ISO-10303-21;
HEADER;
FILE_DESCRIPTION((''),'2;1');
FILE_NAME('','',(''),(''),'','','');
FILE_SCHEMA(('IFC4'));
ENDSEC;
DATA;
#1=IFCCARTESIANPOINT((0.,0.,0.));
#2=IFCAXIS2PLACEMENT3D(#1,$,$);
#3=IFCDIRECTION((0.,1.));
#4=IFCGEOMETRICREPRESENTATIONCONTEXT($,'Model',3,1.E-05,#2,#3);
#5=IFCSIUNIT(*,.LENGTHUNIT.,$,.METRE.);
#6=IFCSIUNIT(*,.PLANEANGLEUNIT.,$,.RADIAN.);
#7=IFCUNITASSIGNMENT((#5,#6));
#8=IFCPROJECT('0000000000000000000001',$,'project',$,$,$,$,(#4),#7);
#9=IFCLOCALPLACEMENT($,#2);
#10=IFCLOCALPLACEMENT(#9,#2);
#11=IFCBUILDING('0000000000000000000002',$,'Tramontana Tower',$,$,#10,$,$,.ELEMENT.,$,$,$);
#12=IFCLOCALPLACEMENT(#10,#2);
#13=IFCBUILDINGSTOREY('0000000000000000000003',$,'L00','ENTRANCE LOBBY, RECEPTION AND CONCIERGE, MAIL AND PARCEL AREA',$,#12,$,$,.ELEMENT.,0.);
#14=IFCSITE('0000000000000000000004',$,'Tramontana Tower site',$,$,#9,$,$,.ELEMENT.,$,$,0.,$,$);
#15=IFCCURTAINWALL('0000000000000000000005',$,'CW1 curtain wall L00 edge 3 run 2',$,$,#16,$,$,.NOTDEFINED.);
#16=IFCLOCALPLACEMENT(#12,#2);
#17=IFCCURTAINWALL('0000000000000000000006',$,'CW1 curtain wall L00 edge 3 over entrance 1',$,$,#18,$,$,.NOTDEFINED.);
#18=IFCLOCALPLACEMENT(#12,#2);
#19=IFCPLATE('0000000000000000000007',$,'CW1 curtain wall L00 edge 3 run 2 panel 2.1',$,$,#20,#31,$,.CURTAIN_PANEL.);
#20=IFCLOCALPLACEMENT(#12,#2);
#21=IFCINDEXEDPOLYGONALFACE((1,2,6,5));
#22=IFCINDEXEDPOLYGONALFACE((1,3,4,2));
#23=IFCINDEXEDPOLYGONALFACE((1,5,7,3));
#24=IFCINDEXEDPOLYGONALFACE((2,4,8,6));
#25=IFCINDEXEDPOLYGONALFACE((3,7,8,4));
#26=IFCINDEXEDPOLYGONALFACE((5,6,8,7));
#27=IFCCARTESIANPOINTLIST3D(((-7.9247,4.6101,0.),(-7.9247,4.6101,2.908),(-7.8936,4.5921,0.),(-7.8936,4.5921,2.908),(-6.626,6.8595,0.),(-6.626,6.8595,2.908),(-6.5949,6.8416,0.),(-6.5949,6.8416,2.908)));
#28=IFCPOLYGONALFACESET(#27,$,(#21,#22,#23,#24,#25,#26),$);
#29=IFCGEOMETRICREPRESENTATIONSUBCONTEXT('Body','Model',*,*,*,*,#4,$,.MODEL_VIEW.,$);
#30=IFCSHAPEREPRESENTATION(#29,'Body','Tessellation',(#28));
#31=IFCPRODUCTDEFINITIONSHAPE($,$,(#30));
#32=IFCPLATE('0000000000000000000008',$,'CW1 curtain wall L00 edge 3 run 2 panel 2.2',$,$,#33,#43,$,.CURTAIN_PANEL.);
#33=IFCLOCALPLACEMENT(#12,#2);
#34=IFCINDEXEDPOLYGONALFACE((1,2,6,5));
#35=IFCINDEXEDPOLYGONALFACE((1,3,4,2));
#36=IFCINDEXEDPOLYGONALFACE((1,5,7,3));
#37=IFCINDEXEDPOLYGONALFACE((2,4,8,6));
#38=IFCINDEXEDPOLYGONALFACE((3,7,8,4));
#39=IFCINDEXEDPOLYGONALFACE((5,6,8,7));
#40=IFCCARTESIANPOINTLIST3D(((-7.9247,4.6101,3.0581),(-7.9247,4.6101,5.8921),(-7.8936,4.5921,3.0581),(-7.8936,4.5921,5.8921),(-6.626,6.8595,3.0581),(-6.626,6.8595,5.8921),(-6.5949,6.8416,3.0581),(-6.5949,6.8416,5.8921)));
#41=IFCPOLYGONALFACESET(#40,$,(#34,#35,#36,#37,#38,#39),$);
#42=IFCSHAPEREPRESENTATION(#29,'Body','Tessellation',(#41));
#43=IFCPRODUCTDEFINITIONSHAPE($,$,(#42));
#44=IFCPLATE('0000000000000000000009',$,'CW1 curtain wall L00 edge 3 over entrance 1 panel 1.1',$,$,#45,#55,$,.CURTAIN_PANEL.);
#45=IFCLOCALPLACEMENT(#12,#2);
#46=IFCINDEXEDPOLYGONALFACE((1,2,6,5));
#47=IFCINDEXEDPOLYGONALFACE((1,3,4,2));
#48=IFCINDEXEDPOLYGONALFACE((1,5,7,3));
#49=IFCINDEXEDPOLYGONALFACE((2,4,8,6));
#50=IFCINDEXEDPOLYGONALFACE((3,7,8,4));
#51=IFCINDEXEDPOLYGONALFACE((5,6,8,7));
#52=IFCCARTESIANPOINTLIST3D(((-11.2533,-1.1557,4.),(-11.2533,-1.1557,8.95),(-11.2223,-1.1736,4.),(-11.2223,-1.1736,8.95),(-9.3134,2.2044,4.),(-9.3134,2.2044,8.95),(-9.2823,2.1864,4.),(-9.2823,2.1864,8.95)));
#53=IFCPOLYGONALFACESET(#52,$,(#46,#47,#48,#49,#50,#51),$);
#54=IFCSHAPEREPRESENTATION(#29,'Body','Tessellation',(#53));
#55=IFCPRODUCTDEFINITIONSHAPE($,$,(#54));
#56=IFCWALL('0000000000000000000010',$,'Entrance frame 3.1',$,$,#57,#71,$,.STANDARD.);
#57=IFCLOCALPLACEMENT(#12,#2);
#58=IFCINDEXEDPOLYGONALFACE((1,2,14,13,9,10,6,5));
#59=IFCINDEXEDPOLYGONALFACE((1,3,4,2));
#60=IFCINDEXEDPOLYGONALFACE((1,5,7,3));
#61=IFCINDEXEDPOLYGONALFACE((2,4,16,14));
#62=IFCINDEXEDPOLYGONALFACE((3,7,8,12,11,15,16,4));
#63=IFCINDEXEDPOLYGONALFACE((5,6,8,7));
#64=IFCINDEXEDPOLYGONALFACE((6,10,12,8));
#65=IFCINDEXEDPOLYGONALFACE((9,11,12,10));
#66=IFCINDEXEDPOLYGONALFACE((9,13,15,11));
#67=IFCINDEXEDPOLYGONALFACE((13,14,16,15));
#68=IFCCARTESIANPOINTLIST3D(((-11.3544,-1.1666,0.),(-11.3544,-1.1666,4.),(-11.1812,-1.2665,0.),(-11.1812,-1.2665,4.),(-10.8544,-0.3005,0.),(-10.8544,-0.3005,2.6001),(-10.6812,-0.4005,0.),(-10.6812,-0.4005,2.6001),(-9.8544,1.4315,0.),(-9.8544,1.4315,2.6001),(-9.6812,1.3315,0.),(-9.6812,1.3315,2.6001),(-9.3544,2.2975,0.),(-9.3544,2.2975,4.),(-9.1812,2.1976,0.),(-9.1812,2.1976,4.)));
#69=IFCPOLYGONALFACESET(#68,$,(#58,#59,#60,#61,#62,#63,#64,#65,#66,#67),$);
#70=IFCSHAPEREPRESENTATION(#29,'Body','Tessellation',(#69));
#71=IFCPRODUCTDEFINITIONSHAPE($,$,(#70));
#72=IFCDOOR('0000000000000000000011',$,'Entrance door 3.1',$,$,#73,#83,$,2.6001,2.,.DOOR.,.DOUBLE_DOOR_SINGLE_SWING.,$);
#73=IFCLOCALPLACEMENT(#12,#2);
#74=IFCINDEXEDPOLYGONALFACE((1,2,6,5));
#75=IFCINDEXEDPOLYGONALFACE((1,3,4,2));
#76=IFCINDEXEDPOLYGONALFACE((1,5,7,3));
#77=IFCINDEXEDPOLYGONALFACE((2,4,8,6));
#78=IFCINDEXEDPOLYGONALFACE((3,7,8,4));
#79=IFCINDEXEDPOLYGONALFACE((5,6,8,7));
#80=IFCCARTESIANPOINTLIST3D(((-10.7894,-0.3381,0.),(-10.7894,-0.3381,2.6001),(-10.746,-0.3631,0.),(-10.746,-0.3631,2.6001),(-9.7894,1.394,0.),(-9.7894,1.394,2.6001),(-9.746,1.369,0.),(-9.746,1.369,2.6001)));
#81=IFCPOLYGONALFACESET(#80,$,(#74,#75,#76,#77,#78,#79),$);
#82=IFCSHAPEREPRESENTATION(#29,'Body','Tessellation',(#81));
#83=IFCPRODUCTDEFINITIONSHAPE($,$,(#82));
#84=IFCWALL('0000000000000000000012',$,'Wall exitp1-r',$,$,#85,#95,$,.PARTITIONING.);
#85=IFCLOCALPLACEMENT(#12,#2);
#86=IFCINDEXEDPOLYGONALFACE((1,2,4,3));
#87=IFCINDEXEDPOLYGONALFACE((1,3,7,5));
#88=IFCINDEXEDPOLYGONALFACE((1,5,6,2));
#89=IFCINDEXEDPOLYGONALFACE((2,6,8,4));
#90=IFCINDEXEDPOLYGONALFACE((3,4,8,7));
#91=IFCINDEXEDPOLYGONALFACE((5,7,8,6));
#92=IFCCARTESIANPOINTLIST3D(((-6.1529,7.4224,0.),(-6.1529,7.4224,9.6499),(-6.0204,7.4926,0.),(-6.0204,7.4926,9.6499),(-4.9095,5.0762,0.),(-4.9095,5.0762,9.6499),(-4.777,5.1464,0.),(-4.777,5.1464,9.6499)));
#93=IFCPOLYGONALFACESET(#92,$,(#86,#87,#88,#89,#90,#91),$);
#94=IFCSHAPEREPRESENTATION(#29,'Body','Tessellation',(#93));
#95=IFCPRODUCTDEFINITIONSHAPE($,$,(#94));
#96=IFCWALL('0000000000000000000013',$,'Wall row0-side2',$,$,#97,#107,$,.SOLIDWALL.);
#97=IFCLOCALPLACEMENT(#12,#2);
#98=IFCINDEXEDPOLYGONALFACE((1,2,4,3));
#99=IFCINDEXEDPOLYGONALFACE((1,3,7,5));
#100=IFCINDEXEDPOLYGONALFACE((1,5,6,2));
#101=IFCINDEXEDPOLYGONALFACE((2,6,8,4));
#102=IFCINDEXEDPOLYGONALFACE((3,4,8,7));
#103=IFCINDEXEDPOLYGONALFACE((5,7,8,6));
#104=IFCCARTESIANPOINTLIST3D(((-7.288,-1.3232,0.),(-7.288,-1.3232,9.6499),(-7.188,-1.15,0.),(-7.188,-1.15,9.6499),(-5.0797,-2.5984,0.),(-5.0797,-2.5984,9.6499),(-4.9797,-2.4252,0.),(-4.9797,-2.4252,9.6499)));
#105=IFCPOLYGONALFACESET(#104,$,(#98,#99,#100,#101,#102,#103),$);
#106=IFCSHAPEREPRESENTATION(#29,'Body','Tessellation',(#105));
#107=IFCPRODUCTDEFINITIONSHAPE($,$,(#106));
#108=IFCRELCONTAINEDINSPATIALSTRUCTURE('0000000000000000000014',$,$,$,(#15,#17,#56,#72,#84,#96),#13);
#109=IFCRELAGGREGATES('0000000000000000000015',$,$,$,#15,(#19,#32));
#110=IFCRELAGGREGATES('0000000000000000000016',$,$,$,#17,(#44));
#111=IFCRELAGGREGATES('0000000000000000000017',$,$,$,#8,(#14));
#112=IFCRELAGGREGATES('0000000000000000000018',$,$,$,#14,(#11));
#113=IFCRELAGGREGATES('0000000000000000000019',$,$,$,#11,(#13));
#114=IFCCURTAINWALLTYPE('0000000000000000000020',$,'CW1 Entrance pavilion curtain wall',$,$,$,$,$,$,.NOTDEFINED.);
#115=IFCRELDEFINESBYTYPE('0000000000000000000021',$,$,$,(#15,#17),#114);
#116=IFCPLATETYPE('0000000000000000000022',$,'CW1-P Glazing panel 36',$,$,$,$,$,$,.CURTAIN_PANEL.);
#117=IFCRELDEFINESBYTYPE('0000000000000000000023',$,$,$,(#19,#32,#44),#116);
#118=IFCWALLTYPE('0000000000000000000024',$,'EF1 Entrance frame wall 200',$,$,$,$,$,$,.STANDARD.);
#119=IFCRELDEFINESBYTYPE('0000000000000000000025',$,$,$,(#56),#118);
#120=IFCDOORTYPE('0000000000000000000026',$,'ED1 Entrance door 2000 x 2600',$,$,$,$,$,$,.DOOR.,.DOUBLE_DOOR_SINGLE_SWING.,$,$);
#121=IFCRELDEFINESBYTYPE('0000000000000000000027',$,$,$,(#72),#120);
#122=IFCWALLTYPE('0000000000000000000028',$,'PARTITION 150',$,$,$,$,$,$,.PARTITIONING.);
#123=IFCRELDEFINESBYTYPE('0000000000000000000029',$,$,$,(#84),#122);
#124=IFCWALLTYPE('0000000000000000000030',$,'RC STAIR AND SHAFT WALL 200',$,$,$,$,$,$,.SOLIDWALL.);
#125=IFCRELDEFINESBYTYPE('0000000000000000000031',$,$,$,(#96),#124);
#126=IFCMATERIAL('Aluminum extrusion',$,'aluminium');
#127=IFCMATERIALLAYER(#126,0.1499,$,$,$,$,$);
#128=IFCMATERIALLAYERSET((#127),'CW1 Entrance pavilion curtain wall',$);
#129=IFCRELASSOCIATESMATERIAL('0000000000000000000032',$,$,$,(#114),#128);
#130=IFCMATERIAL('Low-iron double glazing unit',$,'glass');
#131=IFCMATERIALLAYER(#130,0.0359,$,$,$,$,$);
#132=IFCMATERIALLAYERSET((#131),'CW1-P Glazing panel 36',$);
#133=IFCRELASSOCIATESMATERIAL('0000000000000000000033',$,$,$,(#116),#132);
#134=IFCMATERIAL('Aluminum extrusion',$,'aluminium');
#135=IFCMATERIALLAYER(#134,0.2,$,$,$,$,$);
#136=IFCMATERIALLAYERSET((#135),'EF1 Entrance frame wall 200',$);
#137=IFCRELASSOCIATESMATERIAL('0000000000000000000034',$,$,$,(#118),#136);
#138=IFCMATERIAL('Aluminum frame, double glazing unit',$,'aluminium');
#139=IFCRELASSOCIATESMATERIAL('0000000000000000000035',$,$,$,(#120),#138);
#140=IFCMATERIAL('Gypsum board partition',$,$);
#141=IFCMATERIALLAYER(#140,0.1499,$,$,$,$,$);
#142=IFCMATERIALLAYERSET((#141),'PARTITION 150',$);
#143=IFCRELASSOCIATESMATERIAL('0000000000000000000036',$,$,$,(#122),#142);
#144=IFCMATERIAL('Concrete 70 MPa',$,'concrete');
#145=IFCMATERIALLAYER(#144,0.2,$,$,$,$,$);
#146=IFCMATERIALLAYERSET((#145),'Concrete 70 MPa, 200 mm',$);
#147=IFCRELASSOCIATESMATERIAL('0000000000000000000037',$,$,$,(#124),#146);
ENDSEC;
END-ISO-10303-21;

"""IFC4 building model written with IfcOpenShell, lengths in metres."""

from ifc_helpers import new_model, si_unit, direction, frame, frame_2d, origin, origin_2d, place, context, subcontext, project, spatial, rectangle, extrude, material, layer, layer_set, type_object, element, fill, aggregate, save


model = new_model("IFC4")

# Units and contexts
model_context = context("Model", 3, precision=1e-05, world=origin(), true_north=direction((0.0, 1.0)))
body_context = subcontext(model_context, "Body", "Model", "MODEL_VIEW")
ifc_project = project(units=[si_unit("LENGTHUNIT", "METRE"), si_unit("PLANEANGLEUNIT", "RADIAN")], contexts=[model_context])

# Site, building, storey
site_placement = place(None, origin())
site = spatial("IfcSite", under=ifc_project, at=site_placement, Name="Tramontana Tower site", CompositionType="ELEMENT", RefElevation=0.0)
building_placement = place(site_placement, origin())
building = spatial("IfcBuilding", under=site, at=building_placement, Name="Tramontana Tower", CompositionType="ELEMENT")
storey_placement = place(building_placement, origin())
storey = spatial("IfcBuildingStorey", under=building, at=storey_placement, Name="L00", Description="ENTRANCE LOBBY, RECEPTION AND CONCIERGE, MAIL AND PARCEL AREA", CompositionType="ELEMENT", Elevation=0.0)

# Shared definitions
ifc_material_1 = material(Name="Aluminum extrusion", Category="aluminium")
ifc_layer_1 = layer(ifc_material_1, 0.1499)
ifc_layer_set_1 = layer_set([ifc_layer_1], Name="CW1 Entrance pavilion curtain wall")
curtain_wall_type = type_object("IfcCurtainWallType", Name="CW1 Entrance pavilion curtain wall", PredefinedType="NOTDEFINED", material=ifc_layer_set_1)

# Curtain walls
curtain_wall_1_placement = place(storey_placement, origin())
curtain_wall_1 = element("IfcCurtainWall", 1, at=curtain_wall_1_placement, inside=storey, type_object=curtain_wall_type, Name="CW1 curtain wall L00 edge 3 run 2", PredefinedType="NOTDEFINED")
curtain_wall_2_placement = place(storey_placement, origin())
curtain_wall_2 = element("IfcCurtainWall", 2, at=curtain_wall_2_placement, inside=storey, type_object=curtain_wall_type, Name="CW1 curtain wall L00 edge 3 over entrance 1", PredefinedType="NOTDEFINED")

# Plates
ifc_material_2 = material(Name="Low-iron double glazing unit", Category="glass")
ifc_layer_2 = layer(ifc_material_2, 0.0359)
ifc_layer_set_2 = layer_set([ifc_layer_2], Name="CW1-P Glazing panel 36")
plate_type = type_object("IfcPlateType", Name="CW1-P Glazing panel 36", PredefinedType="CURTAIN_PANEL", material=ifc_layer_set_2)
plate_1_placement = place(storey_placement, frame((-7.2598, 5.7258, 0.0), z_axis=(0.0, 0.0, 1.0), x_axis=(0.5, 0.866025, 0.0)))
plate_1 = element("IfcPlate", 3, at=plate_1_placement, type_object=plate_type, Name="CW1 curtain wall L00 edge 3 run 2 panel 2.1", PredefinedType="CURTAIN_PANEL", context=body_context, shape_type="SweptSolid", body=[
    extrude(rectangle(XDim=2.5974, YDim=0.0359, at=origin_2d()), origin(), (0.0, 0.0, 1.0), 2.908),
])
plate_2_placement = place(storey_placement, frame((-7.2598, 5.7258, 3.0581), z_axis=(0.0, 0.0, 1.0), x_axis=(0.5, 0.866025, 0.0)))
plate_2 = element("IfcPlate", 4, at=plate_2_placement, type_object=plate_type, Name="CW1 curtain wall L00 edge 3 run 2 panel 2.2", PredefinedType="CURTAIN_PANEL", context=body_context, shape_type="SweptSolid", body=[
    extrude(rectangle(XDim=2.5974, YDim=0.0359, at=origin_2d()), origin(), (0.0, 0.0, 1.0), 2.834),
])
aggregate(curtain_wall_1, [plate_1, plate_2])
plate_3_placement = place(storey_placement, frame((-10.2678, 0.5154, 4.0), z_axis=(0.0, 0.0, 1.0), x_axis=(0.5, 0.866025, 0.0)))
plate_3 = element("IfcPlate", 5, at=plate_3_placement, type_object=plate_type, Name="CW1 curtain wall L00 edge 3 over entrance 1 panel 1.1", PredefinedType="CURTAIN_PANEL", context=body_context, shape_type="SweptSolid", body=[
    extrude(rectangle(XDim=3.8799, YDim=0.0359, at=origin_2d()), origin(), (0.0, 0.0, 1.0), 4.95),
])
aggregate(curtain_wall_2, [plate_3])

# Wall, opening, door
ifc_material_3 = material(Name="Aluminum extrusion", Category="aluminium")
ifc_layer_3 = layer(ifc_material_3, 0.2)
ifc_layer_set_3 = layer_set([ifc_layer_3], Name="EF1 Entrance frame wall 200")
wall_type_1 = type_object("IfcWallType", Name="EF1 Entrance frame wall 200", PredefinedType="STANDARD", material=ifc_layer_set_3)
wall_1_placement = place(storey_placement, frame((-11.2678, -1.2166, 0.0), z_axis=(0.0, 0.0, 1.0), x_axis=(0.499999, 0.866026, 0.0)))
wall_1 = element("IfcWall", 6, at=wall_1_placement, inside=storey, type_object=wall_type_1, Name="Entrance frame 3.1", PredefinedType="STANDARD", context=body_context, shape_type="SweptSolid", body=[
    extrude(rectangle(XDim=4.0, YDim=0.2, at=frame_2d((2.0, 0.0))), origin(), (0.0, 0.0, 1.0), 4.0),
])
opening_placement = place(wall_1_placement, frame((1.0, 0.0, 0.0)))
opening = element("IfcOpeningElement", 7, at=opening_placement, cuts=wall_1, PredefinedType="OPENING", context=body_context, shape_type="SweptSolid", body=[
    extrude(rectangle(XDim=2.0, YDim=2.6001, at=frame_2d((1.0, 1.3))), frame((0.0, 0.1099, 0.0), z_axis=(0.0, -1.0, 0.0), x_axis=(1.0, 0.0, 0.0)), (0.0, 0.0, 1.0), 0.22),
])
ifc_material_4 = material(Name="Aluminum frame, double glazing unit", Category="aluminium")
door_type = type_object("IfcDoorType", Name="ED1 Entrance door 2000 x 2600", OperationType="DOUBLE_DOOR_SINGLE_SWING", PredefinedType="DOOR", material=ifc_material_4)
door_placement = place(opening_placement, origin())
door = element("IfcDoor", 8, at=door_placement, inside=storey, type_object=door_type, Name="Entrance door 3.1", OperationType="DOUBLE_DOOR_SINGLE_SWING", OverallHeight=2.6001, OverallWidth=2.0, PredefinedType="DOOR", context=body_context, shape_type="SweptSolid", body=[
    extrude(rectangle(XDim=2.0, YDim=2.6001, at=frame_2d((1.0, 1.3))), frame((0.0, 0.0249, 0.0), z_axis=(0.0, -1.0, 0.0), x_axis=(1.0, 0.0, 0.0)), (0.0, 0.0, 1.0), 0.05),
])
fill(opening, door)

# Walls
ifc_material_5 = material(Name="Gypsum board partition")
ifc_layer_4 = layer(ifc_material_5, 0.1499)
ifc_layer_set_4 = layer_set([ifc_layer_4], Name="PARTITION 150")
wall_type_2 = type_object("IfcWallType", Name="PARTITION 150", PredefinedType="PARTITIONING", material=ifc_layer_set_4)
wall_2_placement = place(storey_placement, frame((-4.8433, 5.1113, 0.0), z_axis=(0.0, 0.0, 1.0), x_axis=(-0.468272, 0.883584, 0.0)))
element("IfcWall", 9, at=wall_2_placement, inside=storey, type_object=wall_type_2, Name="Wall exitp1-r", PredefinedType="PARTITIONING", context=body_context, shape_type="SweptSolid", body=[
    extrude(rectangle(XDim=2.6553, YDim=0.1499, at=frame_2d((1.3276, 0.0))), origin(), (0.0, 0.0, 1.0), 9.6499),
])
ifc_material_6 = material(Name="Concrete 70 MPa", Category="concrete")
ifc_layer_5 = layer(ifc_material_6, 0.2)
ifc_layer_set_5 = layer_set([ifc_layer_5], Name="Concrete 70 MPa, 200 mm")
wall_type_3 = type_object("IfcWallType", Name="RC STAIR AND SHAFT WALL 200", PredefinedType="SOLIDWALL", material=ifc_layer_set_5)
wall_3_placement = place(storey_placement, frame((-5.0298, -2.5117, 0.0), z_axis=(0.0, 0.0, 1.0), x_axis=(-0.865989, 0.500062, 0.0)))
element("IfcWall", 10, at=wall_3_placement, inside=storey, type_object=wall_type_3, Name="Wall row0-side2", PredefinedType="SOLIDWALL", context=body_context, shape_type="SweptSolid", body=[
    extrude(rectangle(XDim=2.55, YDim=0.2, at=frame_2d((1.2749, 0.0))), origin(), (0.0, 0.0, 1.0), 9.6499),
])

save(model, "model.ifc")
